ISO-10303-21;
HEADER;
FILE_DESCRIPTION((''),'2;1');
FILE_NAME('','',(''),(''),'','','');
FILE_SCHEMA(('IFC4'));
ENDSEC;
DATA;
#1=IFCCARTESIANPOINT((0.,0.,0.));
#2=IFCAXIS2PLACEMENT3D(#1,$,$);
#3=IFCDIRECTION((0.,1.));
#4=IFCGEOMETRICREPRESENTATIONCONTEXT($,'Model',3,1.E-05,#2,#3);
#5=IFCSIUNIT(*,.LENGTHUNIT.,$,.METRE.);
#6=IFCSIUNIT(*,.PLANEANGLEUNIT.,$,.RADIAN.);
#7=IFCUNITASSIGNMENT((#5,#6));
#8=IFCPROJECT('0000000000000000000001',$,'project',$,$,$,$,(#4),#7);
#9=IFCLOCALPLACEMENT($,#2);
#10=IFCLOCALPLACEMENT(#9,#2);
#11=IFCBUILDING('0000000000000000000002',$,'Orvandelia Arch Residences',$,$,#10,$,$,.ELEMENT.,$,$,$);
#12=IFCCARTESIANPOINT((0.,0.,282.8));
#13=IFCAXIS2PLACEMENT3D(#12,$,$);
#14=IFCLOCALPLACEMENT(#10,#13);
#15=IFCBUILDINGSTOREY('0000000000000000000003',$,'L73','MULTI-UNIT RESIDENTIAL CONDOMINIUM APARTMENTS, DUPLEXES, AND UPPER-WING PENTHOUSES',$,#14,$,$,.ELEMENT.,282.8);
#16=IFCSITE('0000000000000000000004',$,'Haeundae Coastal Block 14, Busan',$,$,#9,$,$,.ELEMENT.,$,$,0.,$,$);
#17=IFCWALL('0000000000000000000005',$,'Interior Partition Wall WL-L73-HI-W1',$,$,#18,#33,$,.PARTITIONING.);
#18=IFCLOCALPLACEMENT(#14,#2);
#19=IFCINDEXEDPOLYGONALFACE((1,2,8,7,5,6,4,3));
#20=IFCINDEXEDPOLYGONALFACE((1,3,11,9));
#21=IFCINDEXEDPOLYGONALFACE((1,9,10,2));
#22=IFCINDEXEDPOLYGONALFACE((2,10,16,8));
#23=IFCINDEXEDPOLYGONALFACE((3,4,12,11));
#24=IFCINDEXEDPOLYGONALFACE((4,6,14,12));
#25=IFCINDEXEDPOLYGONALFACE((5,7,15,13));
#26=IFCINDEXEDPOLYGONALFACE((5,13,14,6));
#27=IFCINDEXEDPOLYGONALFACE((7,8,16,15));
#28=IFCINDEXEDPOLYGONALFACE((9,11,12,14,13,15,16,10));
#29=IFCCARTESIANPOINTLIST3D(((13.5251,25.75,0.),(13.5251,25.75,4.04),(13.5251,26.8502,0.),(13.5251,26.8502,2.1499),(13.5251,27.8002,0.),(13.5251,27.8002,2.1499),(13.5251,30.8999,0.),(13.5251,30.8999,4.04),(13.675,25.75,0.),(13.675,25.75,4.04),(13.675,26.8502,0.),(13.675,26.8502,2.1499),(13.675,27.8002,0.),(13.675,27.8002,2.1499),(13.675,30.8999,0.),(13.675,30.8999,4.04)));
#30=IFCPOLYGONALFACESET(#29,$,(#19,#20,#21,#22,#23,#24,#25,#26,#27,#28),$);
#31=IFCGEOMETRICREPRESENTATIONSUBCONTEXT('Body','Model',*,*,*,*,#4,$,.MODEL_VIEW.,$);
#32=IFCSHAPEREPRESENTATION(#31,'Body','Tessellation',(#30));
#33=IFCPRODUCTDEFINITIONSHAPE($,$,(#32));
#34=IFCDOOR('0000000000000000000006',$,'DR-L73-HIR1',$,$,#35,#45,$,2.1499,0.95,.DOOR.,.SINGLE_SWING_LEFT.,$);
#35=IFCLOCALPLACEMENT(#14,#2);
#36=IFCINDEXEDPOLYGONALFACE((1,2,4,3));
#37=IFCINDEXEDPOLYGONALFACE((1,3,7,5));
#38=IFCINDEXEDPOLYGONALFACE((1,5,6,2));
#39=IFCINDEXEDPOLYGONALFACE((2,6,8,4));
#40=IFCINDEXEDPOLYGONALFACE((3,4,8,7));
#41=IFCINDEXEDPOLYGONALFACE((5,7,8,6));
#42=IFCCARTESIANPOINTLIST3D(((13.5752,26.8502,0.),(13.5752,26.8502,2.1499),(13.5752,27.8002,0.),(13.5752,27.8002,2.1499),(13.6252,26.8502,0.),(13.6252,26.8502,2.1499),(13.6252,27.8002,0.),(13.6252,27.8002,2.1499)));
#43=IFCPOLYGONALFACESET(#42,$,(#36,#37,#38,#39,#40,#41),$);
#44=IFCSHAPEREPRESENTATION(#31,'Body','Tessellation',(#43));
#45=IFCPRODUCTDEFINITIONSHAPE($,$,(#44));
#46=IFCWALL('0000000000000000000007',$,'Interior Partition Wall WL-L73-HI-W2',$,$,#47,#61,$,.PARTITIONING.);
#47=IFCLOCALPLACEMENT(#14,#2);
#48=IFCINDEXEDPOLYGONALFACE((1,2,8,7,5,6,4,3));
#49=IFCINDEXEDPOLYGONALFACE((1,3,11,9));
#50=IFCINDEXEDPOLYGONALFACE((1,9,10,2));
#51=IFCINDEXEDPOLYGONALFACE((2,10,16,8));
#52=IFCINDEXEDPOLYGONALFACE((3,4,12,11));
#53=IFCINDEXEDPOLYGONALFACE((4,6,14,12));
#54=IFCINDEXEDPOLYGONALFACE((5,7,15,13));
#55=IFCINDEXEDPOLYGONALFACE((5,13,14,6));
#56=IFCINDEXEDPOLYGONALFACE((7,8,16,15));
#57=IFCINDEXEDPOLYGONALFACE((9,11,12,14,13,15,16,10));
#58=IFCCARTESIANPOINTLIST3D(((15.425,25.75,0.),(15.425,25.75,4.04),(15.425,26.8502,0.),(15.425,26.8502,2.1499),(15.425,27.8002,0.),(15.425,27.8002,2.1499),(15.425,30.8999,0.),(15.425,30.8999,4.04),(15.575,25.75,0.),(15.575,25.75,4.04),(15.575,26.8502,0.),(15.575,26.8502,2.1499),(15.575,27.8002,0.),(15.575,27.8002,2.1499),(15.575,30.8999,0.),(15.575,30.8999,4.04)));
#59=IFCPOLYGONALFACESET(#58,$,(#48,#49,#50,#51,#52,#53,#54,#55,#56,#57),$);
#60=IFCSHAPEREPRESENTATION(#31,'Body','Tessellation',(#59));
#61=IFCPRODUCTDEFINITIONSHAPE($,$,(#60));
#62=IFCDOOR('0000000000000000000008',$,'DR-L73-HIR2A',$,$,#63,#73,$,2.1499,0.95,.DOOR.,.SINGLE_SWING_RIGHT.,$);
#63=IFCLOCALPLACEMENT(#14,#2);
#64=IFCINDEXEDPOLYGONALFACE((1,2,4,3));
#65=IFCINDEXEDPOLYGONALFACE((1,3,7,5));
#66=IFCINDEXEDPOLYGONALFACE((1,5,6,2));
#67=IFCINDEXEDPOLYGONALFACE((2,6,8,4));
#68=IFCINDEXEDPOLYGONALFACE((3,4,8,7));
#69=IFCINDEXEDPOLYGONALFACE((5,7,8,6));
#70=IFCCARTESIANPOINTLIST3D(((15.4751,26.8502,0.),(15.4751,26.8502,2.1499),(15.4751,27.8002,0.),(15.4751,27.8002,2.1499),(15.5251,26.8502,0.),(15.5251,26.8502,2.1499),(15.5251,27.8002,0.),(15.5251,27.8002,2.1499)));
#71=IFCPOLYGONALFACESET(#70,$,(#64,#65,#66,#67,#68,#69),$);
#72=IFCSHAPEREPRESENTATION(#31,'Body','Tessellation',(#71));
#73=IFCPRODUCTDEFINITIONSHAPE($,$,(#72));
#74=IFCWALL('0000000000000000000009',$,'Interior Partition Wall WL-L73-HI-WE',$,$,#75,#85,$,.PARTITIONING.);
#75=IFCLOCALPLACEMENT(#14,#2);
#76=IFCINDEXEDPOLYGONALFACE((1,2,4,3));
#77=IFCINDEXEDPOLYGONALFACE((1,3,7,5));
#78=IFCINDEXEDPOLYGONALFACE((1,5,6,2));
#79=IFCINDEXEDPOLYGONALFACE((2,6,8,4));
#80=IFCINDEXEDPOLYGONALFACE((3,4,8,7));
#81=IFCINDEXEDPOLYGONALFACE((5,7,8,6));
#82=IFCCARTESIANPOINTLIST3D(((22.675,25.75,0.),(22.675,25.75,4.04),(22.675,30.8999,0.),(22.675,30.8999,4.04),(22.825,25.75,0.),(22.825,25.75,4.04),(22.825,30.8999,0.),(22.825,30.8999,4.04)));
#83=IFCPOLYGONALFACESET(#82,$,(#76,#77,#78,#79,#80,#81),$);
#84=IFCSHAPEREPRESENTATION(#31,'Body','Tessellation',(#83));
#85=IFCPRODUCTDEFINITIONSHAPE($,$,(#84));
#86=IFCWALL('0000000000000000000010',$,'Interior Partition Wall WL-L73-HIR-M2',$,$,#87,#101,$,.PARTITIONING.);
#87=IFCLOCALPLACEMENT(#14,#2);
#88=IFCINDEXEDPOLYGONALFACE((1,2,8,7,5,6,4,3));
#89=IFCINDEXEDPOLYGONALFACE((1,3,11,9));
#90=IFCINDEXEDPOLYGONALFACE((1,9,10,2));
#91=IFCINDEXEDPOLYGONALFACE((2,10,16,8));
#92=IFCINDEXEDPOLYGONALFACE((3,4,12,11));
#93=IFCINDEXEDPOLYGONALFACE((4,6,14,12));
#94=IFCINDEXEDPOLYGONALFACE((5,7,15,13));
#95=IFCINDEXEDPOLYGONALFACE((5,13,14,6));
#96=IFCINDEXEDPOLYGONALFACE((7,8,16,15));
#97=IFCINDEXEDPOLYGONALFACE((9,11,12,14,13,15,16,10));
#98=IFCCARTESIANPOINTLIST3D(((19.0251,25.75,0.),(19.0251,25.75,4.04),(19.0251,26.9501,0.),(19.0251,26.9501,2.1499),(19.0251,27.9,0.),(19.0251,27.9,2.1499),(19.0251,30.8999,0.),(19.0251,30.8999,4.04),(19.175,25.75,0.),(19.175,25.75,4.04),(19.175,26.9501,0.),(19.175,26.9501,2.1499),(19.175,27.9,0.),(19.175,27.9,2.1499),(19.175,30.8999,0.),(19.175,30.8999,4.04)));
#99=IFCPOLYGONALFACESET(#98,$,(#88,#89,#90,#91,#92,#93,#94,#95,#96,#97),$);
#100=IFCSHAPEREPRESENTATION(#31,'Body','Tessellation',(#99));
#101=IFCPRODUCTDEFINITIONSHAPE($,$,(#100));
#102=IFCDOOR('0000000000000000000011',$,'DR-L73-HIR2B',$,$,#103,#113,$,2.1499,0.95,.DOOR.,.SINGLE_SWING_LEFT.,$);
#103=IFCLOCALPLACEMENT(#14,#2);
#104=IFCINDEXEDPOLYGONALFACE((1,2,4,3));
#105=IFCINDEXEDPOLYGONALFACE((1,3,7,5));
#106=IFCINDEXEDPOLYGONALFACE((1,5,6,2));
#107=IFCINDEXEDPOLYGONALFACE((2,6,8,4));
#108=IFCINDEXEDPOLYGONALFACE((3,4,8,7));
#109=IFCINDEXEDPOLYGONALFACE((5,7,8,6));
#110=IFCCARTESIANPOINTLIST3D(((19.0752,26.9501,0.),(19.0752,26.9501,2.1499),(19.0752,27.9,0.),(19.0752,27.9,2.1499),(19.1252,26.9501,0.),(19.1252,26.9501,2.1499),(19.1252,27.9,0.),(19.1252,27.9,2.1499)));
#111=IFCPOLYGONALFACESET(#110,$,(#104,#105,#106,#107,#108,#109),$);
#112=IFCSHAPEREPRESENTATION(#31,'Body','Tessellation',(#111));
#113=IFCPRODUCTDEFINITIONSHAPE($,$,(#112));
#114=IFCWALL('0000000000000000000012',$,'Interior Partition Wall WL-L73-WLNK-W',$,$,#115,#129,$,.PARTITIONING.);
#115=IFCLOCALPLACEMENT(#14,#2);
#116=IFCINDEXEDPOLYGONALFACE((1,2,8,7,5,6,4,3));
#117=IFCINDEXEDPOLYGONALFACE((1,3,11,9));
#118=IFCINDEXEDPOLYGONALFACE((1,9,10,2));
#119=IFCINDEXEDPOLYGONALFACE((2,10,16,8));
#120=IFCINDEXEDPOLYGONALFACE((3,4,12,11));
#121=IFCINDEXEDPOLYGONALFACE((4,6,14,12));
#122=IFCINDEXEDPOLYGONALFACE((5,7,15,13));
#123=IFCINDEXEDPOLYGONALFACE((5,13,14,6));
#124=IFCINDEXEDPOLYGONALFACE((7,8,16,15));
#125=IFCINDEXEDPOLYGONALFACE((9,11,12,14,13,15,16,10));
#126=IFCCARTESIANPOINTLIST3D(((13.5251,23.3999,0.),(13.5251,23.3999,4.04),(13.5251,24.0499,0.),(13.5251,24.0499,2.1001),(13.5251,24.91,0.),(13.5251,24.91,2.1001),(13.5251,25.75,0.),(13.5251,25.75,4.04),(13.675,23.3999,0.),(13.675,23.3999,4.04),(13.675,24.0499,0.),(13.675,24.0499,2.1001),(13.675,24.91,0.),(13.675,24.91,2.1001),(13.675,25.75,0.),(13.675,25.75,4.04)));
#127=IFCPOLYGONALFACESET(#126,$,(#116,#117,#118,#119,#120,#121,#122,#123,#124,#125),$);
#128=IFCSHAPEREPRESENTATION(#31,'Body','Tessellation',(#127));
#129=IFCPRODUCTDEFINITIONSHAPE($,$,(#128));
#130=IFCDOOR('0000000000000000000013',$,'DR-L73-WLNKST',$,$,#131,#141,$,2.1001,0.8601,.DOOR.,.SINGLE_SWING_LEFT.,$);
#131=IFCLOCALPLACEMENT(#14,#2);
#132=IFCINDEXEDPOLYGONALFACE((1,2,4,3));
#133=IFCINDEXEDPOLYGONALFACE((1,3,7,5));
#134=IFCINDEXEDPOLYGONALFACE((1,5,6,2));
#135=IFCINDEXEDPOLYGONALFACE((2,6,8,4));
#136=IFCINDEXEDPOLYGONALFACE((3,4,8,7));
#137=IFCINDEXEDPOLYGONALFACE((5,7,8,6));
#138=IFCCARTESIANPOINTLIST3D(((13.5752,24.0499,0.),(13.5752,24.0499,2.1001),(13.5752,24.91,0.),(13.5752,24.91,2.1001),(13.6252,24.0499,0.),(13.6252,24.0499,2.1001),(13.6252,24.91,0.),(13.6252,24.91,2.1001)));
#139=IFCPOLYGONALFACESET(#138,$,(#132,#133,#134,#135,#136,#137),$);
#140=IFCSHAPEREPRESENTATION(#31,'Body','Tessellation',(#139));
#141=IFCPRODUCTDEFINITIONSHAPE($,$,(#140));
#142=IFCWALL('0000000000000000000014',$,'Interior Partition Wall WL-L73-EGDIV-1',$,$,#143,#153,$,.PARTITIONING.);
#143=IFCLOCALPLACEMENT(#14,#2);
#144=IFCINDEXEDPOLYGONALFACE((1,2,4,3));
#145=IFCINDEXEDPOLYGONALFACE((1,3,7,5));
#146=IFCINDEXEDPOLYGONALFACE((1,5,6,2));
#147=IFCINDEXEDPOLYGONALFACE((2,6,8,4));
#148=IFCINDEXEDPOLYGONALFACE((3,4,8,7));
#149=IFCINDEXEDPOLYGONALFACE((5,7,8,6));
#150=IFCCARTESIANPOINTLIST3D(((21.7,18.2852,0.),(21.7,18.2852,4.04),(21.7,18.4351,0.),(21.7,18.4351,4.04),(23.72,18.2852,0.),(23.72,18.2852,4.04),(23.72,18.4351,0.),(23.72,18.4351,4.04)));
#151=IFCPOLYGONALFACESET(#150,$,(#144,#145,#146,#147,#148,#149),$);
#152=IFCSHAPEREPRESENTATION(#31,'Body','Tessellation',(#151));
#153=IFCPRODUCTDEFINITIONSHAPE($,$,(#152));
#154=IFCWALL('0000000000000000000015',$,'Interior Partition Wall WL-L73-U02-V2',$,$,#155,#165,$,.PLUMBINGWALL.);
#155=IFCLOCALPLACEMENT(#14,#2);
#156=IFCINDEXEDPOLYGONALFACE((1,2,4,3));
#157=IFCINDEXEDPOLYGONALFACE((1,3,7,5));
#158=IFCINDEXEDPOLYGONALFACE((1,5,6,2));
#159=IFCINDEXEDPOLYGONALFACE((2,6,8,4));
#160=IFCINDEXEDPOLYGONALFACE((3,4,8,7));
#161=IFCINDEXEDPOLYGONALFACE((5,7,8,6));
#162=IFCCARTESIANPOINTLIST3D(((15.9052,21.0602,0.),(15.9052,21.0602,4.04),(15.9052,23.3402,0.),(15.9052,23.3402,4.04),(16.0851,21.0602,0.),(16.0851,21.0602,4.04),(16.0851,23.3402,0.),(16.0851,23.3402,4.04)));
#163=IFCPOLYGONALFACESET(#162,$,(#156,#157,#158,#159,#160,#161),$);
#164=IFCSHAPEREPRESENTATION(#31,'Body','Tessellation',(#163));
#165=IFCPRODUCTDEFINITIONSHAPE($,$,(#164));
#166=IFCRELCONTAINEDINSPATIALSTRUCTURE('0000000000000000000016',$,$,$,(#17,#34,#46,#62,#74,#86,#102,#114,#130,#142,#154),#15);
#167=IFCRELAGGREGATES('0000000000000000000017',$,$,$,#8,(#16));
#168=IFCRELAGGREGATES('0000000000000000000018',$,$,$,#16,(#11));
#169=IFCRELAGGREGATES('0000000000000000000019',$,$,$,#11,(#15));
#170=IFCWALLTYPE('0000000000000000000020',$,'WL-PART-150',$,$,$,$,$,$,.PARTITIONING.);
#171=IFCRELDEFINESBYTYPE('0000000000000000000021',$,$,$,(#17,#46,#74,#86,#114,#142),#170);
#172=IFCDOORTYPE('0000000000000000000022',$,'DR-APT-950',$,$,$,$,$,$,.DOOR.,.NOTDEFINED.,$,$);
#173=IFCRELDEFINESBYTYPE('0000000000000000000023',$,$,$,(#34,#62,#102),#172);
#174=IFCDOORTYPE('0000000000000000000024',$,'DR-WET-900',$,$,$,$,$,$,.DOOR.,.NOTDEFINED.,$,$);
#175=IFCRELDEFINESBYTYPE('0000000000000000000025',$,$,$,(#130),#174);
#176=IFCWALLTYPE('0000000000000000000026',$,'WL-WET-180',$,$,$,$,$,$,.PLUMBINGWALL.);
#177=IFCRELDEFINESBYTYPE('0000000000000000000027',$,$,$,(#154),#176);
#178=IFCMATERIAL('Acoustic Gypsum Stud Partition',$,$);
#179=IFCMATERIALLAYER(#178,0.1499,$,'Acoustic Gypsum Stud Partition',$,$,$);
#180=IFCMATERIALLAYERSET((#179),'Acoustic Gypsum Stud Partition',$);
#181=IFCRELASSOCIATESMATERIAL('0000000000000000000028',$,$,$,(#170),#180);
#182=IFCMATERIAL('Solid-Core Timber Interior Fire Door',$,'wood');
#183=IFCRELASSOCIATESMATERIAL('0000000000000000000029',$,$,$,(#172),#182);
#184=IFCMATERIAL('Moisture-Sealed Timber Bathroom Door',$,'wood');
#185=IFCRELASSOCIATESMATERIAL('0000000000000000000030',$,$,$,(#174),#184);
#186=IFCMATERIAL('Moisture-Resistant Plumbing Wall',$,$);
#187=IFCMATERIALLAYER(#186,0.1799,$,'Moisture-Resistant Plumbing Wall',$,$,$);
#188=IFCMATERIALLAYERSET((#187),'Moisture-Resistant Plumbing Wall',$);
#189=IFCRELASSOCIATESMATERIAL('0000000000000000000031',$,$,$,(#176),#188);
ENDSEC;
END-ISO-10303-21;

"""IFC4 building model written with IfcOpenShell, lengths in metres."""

from ifc_helpers import new_model, si_unit, direction, frame, frame_2d, origin, place, context, subcontext, project, spatial, rectangle, extrude, material, layer, layer_set, type_object, element, fill, save


model = new_model("IFC4")

# Units and contexts
model_context = context("Model", 3, precision=1e-05, world=origin(), true_north=direction((0.0, 1.0)))
body_context = subcontext(model_context, "Body", "Model", "MODEL_VIEW")
ifc_project = project(units=[si_unit("LENGTHUNIT", "METRE"), si_unit("PLANEANGLEUNIT", "RADIAN")], contexts=[model_context])

# Site, building, storey
site_placement = place(None, origin())
site = spatial("IfcSite", under=ifc_project, at=site_placement, Name="Haeundae Coastal Block 14, Busan", CompositionType="ELEMENT", RefElevation=0.0)
building_placement = place(site_placement, origin())
building = spatial("IfcBuilding", under=site, at=building_placement, Name="Orvandelia Arch Residences", CompositionType="ELEMENT")
storey_placement = place(building_placement, frame((0.0, 0.0, 282.8)))
storey = spatial("IfcBuildingStorey", under=building, at=storey_placement, Name="L73", Description="MULTI-UNIT RESIDENTIAL CONDOMINIUM APARTMENTS, DUPLEXES, AND UPPER-WING PENTHOUSES", CompositionType="ELEMENT", Elevation=282.8)

# Walls, openings, doors
ifc_material_1 = material(Name="Acoustic Gypsum Stud Partition")
ifc_layer_1 = layer(ifc_material_1, 0.1499, Name="Acoustic Gypsum Stud Partition")
ifc_layer_set_1 = layer_set([ifc_layer_1], Name="Acoustic Gypsum Stud Partition")
wall_type_1 = type_object("IfcWallType", Name="WL-PART-150", PredefinedType="PARTITIONING", material=ifc_layer_set_1)
wall_1_placement = place(storey_placement, frame((13.6001, 25.75, 0.0), z_axis=(0.0, 0.0, 1.0), x_axis=(0.0, 1.0, 0.0)))
wall_1 = element("IfcWall", 1, at=wall_1_placement, inside=storey, type_object=wall_type_1, Name="Interior Partition Wall WL-L73-HI-W1", PredefinedType="PARTITIONING", context=body_context, shape_type="SweptSolid", body=[
    extrude(rectangle(XDim=5.1499, YDim=0.1499, at=frame_2d((2.575, 0.0))), origin(), (0.0, 0.0, 1.0), 4.04),
])
opening_1_placement = place(wall_1_placement, frame((1.1001, 0.0, 0.0)))
opening_1 = element("IfcOpeningElement", 2, at=opening_1_placement, cuts=wall_1, PredefinedType="OPENING", context=body_context, shape_type="SweptSolid", body=[
    extrude(rectangle(XDim=0.95, YDim=2.1499, at=frame_2d((0.4751, 1.075))), frame((0.0, 0.085, 0.0), z_axis=(0.0, -1.0, 0.0), x_axis=(1.0, 0.0, 0.0)), (0.0, 0.0, 1.0), 0.1699),
])
ifc_material_2 = material(Name="Solid-Core Timber Interior Fire Door", Category="wood")
door_type_1 = type_object("IfcDoorType", Name="DR-APT-950", OperationType="NOTDEFINED", PredefinedType="DOOR", material=ifc_material_2)
door_1_placement = place(opening_1_placement, origin())
door_1 = element("IfcDoor", 3, at=door_1_placement, inside=storey, type_object=door_type_1, Name="DR-L73-HIR1", OperationType="SINGLE_SWING_LEFT", OverallHeight=2.1499, OverallWidth=0.95, PredefinedType="DOOR", context=body_context, shape_type="SweptSolid", body=[
    extrude(rectangle(XDim=0.95, YDim=2.1499, at=frame_2d((0.4751, 1.075))), frame((0.0, 0.0249, 0.0), z_axis=(0.0, -1.0, 0.0), x_axis=(1.0, 0.0, 0.0)), (0.0, 0.0, 1.0), 0.05),
])
fill(opening_1, door_1)
wall_2_placement = place(storey_placement, frame((15.5, 25.75, 0.0), z_axis=(0.0, 0.0, 1.0), x_axis=(0.0, 1.0, 0.0)))
wall_2 = element("IfcWall", 4, at=wall_2_placement, inside=storey, type_object=wall_type_1, Name="Interior Partition Wall WL-L73-HI-W2", PredefinedType="PARTITIONING", context=body_context, shape_type="SweptSolid", body=[
    extrude(rectangle(XDim=5.1499, YDim=0.1499, at=frame_2d((2.575, 0.0))), origin(), (0.0, 0.0, 1.0), 4.04),
])
opening_2_placement = place(wall_2_placement, frame((1.1001, 0.0, 0.0)))
opening_2 = element("IfcOpeningElement", 5, at=opening_2_placement, cuts=wall_2, PredefinedType="OPENING", context=body_context, shape_type="SweptSolid", body=[
    extrude(rectangle(XDim=0.95, YDim=2.1499, at=frame_2d((0.4751, 1.075))), frame((0.0, 0.085, 0.0), z_axis=(0.0, -1.0, 0.0), x_axis=(1.0, 0.0, 0.0)), (0.0, 0.0, 1.0), 0.1699),
])
door_2_placement = place(opening_2_placement, origin())
door_2 = element("IfcDoor", 6, at=door_2_placement, inside=storey, type_object=door_type_1, Name="DR-L73-HIR2A", OperationType="SINGLE_SWING_RIGHT", OverallHeight=2.1499, OverallWidth=0.95, PredefinedType="DOOR", context=body_context, shape_type="SweptSolid", body=[
    extrude(rectangle(XDim=0.95, YDim=2.1499, at=frame_2d((0.4751, 1.075))), frame((0.0, 0.0249, 0.0), z_axis=(0.0, -1.0, 0.0), x_axis=(1.0, 0.0, 0.0)), (0.0, 0.0, 1.0), 0.05),
])
fill(opening_2, door_2)

# Wall
wall_3_placement = place(storey_placement, frame((22.75, 25.75, 0.0), z_axis=(0.0, 0.0, 1.0), x_axis=(0.0, 1.0, 0.0)))
element("IfcWall", 7, at=wall_3_placement, inside=storey, type_object=wall_type_1, Name="Interior Partition Wall WL-L73-HI-WE", PredefinedType="PARTITIONING", context=body_context, shape_type="SweptSolid", body=[
    extrude(rectangle(XDim=5.1499, YDim=0.1499, at=frame_2d((2.575, 0.0))), origin(), (0.0, 0.0, 1.0), 4.04),
])

# Walls, openings, doors
wall_4_placement = place(storey_placement, frame((19.1001, 25.75, 0.0), z_axis=(0.0, 0.0, 1.0), x_axis=(0.0, 1.0, 0.0)))
wall_4 = element("IfcWall", 8, at=wall_4_placement, inside=storey, type_object=wall_type_1, Name="Interior Partition Wall WL-L73-HIR-M2", PredefinedType="PARTITIONING", context=body_context, shape_type="SweptSolid", body=[
    extrude(rectangle(XDim=5.1499, YDim=0.1499, at=frame_2d((2.575, 0.0))), origin(), (0.0, 0.0, 1.0), 4.04),
])
opening_3_placement = place(wall_4_placement, frame((1.2, 0.0, 0.0)))
opening_3 = element("IfcOpeningElement", 9, at=opening_3_placement, cuts=wall_4, PredefinedType="OPENING", context=body_context, shape_type="SweptSolid", body=[
    extrude(rectangle(XDim=0.95, YDim=2.1499, at=frame_2d((0.4751, 1.075))), frame((0.0, 0.085, 0.0), z_axis=(0.0, -1.0, 0.0), x_axis=(1.0, 0.0, 0.0)), (0.0, 0.0, 1.0), 0.1699),
])
door_3_placement = place(opening_3_placement, origin())
door_3 = element("IfcDoor", 10, at=door_3_placement, inside=storey, type_object=door_type_1, Name="DR-L73-HIR2B", OperationType="SINGLE_SWING_LEFT", OverallHeight=2.1499, OverallWidth=0.95, PredefinedType="DOOR", context=body_context, shape_type="SweptSolid", body=[
    extrude(rectangle(XDim=0.95, YDim=2.1499, at=frame_2d((0.4751, 1.075))), frame((0.0, 0.0249, 0.0), z_axis=(0.0, -1.0, 0.0), x_axis=(1.0, 0.0, 0.0)), (0.0, 0.0, 1.0), 0.05),
])
fill(opening_3, door_3)
wall_5_placement = place(storey_placement, frame((13.6001, 23.3999, 0.0), z_axis=(0.0, 0.0, 1.0), x_axis=(0.0, 1.0, 0.0)))
wall_5 = element("IfcWall", 11, at=wall_5_placement, inside=storey, type_object=wall_type_1, Name="Interior Partition Wall WL-L73-WLNK-W", PredefinedType="PARTITIONING", context=body_context, shape_type="SweptSolid", body=[
    extrude(rectangle(XDim=2.3501, YDim=0.1499, at=frame_2d((1.175, 0.0))), origin(), (0.0, 0.0, 1.0), 4.04),
])
opening_4_placement = place(wall_5_placement, frame((0.6499, 0.0, 0.0)))
opening_4 = element("IfcOpeningElement", 12, at=opening_4_placement, cuts=wall_5, PredefinedType="OPENING", context=body_context, shape_type="SweptSolid", body=[
    extrude(rectangle(XDim=0.8601, YDim=2.1001, at=frame_2d((0.4302, 1.05))), frame((0.0, 0.085, 0.0), z_axis=(0.0, -1.0, 0.0), x_axis=(1.0, 0.0, 0.0)), (0.0, 0.0, 1.0), 0.1699),
])
ifc_material_3 = material(Name="Moisture-Sealed Timber Bathroom Door", Category="wood")
door_type_2 = type_object("IfcDoorType", Name="DR-WET-900", OperationType="NOTDEFINED", PredefinedType="DOOR", material=ifc_material_3)
door_4_placement = place(opening_4_placement, origin())
door_4 = element("IfcDoor", 13, at=door_4_placement, inside=storey, type_object=door_type_2, Name="DR-L73-WLNKST", OperationType="SINGLE_SWING_LEFT", OverallHeight=2.1001, OverallWidth=0.8601, PredefinedType="DOOR", context=body_context, shape_type="SweptSolid", body=[
    extrude(rectangle(XDim=0.8601, YDim=2.1001, at=frame_2d((0.4302, 1.05))), frame((0.0, 0.0249, 0.0), z_axis=(0.0, -1.0, 0.0), x_axis=(1.0, 0.0, 0.0)), (0.0, 0.0, 1.0), 0.05),
])
fill(opening_4, door_4)

# Walls
wall_6_placement = place(storey_placement, frame((21.7, 18.3601, 0.0), z_axis=(0.0, 0.0, 1.0), x_axis=(1.0, 0.0, 0.0)))
element("IfcWall", 14, at=wall_6_placement, inside=storey, type_object=wall_type_1, Name="Interior Partition Wall WL-L73-EGDIV-1", PredefinedType="PARTITIONING", context=body_context, shape_type="SweptSolid", body=[
    extrude(rectangle(XDim=2.02, YDim=0.1499, at=frame_2d((1.01, 0.0))), origin(), (0.0, 0.0, 1.0), 4.04),
])
ifc_material_4 = material(Name="Moisture-Resistant Plumbing Wall")
ifc_layer_2 = layer(ifc_material_4, 0.1799, Name="Moisture-Resistant Plumbing Wall")
ifc_layer_set_2 = layer_set([ifc_layer_2], Name="Moisture-Resistant Plumbing Wall")
wall_type_2 = type_object("IfcWallType", Name="WL-WET-180", PredefinedType="PLUMBINGWALL", material=ifc_layer_set_2)
wall_7_placement = place(storey_placement, frame((15.9951, 21.0601, 0.0), z_axis=(0.0, 0.0, 1.0), x_axis=(0.0, 1.0, 0.0)))
element("IfcWall", 15, at=wall_7_placement, inside=storey, type_object=wall_type_2, Name="Interior Partition Wall WL-L73-U02-V2", PredefinedType="PLUMBINGWALL", context=body_context, shape_type="SweptSolid", body=[
    extrude(rectangle(XDim=2.28, YDim=0.1799, at=frame_2d((1.1401, 0.0))), origin(), (0.0, 0.0, 1.0), 4.04),
])

save(model, "model.ifc")
